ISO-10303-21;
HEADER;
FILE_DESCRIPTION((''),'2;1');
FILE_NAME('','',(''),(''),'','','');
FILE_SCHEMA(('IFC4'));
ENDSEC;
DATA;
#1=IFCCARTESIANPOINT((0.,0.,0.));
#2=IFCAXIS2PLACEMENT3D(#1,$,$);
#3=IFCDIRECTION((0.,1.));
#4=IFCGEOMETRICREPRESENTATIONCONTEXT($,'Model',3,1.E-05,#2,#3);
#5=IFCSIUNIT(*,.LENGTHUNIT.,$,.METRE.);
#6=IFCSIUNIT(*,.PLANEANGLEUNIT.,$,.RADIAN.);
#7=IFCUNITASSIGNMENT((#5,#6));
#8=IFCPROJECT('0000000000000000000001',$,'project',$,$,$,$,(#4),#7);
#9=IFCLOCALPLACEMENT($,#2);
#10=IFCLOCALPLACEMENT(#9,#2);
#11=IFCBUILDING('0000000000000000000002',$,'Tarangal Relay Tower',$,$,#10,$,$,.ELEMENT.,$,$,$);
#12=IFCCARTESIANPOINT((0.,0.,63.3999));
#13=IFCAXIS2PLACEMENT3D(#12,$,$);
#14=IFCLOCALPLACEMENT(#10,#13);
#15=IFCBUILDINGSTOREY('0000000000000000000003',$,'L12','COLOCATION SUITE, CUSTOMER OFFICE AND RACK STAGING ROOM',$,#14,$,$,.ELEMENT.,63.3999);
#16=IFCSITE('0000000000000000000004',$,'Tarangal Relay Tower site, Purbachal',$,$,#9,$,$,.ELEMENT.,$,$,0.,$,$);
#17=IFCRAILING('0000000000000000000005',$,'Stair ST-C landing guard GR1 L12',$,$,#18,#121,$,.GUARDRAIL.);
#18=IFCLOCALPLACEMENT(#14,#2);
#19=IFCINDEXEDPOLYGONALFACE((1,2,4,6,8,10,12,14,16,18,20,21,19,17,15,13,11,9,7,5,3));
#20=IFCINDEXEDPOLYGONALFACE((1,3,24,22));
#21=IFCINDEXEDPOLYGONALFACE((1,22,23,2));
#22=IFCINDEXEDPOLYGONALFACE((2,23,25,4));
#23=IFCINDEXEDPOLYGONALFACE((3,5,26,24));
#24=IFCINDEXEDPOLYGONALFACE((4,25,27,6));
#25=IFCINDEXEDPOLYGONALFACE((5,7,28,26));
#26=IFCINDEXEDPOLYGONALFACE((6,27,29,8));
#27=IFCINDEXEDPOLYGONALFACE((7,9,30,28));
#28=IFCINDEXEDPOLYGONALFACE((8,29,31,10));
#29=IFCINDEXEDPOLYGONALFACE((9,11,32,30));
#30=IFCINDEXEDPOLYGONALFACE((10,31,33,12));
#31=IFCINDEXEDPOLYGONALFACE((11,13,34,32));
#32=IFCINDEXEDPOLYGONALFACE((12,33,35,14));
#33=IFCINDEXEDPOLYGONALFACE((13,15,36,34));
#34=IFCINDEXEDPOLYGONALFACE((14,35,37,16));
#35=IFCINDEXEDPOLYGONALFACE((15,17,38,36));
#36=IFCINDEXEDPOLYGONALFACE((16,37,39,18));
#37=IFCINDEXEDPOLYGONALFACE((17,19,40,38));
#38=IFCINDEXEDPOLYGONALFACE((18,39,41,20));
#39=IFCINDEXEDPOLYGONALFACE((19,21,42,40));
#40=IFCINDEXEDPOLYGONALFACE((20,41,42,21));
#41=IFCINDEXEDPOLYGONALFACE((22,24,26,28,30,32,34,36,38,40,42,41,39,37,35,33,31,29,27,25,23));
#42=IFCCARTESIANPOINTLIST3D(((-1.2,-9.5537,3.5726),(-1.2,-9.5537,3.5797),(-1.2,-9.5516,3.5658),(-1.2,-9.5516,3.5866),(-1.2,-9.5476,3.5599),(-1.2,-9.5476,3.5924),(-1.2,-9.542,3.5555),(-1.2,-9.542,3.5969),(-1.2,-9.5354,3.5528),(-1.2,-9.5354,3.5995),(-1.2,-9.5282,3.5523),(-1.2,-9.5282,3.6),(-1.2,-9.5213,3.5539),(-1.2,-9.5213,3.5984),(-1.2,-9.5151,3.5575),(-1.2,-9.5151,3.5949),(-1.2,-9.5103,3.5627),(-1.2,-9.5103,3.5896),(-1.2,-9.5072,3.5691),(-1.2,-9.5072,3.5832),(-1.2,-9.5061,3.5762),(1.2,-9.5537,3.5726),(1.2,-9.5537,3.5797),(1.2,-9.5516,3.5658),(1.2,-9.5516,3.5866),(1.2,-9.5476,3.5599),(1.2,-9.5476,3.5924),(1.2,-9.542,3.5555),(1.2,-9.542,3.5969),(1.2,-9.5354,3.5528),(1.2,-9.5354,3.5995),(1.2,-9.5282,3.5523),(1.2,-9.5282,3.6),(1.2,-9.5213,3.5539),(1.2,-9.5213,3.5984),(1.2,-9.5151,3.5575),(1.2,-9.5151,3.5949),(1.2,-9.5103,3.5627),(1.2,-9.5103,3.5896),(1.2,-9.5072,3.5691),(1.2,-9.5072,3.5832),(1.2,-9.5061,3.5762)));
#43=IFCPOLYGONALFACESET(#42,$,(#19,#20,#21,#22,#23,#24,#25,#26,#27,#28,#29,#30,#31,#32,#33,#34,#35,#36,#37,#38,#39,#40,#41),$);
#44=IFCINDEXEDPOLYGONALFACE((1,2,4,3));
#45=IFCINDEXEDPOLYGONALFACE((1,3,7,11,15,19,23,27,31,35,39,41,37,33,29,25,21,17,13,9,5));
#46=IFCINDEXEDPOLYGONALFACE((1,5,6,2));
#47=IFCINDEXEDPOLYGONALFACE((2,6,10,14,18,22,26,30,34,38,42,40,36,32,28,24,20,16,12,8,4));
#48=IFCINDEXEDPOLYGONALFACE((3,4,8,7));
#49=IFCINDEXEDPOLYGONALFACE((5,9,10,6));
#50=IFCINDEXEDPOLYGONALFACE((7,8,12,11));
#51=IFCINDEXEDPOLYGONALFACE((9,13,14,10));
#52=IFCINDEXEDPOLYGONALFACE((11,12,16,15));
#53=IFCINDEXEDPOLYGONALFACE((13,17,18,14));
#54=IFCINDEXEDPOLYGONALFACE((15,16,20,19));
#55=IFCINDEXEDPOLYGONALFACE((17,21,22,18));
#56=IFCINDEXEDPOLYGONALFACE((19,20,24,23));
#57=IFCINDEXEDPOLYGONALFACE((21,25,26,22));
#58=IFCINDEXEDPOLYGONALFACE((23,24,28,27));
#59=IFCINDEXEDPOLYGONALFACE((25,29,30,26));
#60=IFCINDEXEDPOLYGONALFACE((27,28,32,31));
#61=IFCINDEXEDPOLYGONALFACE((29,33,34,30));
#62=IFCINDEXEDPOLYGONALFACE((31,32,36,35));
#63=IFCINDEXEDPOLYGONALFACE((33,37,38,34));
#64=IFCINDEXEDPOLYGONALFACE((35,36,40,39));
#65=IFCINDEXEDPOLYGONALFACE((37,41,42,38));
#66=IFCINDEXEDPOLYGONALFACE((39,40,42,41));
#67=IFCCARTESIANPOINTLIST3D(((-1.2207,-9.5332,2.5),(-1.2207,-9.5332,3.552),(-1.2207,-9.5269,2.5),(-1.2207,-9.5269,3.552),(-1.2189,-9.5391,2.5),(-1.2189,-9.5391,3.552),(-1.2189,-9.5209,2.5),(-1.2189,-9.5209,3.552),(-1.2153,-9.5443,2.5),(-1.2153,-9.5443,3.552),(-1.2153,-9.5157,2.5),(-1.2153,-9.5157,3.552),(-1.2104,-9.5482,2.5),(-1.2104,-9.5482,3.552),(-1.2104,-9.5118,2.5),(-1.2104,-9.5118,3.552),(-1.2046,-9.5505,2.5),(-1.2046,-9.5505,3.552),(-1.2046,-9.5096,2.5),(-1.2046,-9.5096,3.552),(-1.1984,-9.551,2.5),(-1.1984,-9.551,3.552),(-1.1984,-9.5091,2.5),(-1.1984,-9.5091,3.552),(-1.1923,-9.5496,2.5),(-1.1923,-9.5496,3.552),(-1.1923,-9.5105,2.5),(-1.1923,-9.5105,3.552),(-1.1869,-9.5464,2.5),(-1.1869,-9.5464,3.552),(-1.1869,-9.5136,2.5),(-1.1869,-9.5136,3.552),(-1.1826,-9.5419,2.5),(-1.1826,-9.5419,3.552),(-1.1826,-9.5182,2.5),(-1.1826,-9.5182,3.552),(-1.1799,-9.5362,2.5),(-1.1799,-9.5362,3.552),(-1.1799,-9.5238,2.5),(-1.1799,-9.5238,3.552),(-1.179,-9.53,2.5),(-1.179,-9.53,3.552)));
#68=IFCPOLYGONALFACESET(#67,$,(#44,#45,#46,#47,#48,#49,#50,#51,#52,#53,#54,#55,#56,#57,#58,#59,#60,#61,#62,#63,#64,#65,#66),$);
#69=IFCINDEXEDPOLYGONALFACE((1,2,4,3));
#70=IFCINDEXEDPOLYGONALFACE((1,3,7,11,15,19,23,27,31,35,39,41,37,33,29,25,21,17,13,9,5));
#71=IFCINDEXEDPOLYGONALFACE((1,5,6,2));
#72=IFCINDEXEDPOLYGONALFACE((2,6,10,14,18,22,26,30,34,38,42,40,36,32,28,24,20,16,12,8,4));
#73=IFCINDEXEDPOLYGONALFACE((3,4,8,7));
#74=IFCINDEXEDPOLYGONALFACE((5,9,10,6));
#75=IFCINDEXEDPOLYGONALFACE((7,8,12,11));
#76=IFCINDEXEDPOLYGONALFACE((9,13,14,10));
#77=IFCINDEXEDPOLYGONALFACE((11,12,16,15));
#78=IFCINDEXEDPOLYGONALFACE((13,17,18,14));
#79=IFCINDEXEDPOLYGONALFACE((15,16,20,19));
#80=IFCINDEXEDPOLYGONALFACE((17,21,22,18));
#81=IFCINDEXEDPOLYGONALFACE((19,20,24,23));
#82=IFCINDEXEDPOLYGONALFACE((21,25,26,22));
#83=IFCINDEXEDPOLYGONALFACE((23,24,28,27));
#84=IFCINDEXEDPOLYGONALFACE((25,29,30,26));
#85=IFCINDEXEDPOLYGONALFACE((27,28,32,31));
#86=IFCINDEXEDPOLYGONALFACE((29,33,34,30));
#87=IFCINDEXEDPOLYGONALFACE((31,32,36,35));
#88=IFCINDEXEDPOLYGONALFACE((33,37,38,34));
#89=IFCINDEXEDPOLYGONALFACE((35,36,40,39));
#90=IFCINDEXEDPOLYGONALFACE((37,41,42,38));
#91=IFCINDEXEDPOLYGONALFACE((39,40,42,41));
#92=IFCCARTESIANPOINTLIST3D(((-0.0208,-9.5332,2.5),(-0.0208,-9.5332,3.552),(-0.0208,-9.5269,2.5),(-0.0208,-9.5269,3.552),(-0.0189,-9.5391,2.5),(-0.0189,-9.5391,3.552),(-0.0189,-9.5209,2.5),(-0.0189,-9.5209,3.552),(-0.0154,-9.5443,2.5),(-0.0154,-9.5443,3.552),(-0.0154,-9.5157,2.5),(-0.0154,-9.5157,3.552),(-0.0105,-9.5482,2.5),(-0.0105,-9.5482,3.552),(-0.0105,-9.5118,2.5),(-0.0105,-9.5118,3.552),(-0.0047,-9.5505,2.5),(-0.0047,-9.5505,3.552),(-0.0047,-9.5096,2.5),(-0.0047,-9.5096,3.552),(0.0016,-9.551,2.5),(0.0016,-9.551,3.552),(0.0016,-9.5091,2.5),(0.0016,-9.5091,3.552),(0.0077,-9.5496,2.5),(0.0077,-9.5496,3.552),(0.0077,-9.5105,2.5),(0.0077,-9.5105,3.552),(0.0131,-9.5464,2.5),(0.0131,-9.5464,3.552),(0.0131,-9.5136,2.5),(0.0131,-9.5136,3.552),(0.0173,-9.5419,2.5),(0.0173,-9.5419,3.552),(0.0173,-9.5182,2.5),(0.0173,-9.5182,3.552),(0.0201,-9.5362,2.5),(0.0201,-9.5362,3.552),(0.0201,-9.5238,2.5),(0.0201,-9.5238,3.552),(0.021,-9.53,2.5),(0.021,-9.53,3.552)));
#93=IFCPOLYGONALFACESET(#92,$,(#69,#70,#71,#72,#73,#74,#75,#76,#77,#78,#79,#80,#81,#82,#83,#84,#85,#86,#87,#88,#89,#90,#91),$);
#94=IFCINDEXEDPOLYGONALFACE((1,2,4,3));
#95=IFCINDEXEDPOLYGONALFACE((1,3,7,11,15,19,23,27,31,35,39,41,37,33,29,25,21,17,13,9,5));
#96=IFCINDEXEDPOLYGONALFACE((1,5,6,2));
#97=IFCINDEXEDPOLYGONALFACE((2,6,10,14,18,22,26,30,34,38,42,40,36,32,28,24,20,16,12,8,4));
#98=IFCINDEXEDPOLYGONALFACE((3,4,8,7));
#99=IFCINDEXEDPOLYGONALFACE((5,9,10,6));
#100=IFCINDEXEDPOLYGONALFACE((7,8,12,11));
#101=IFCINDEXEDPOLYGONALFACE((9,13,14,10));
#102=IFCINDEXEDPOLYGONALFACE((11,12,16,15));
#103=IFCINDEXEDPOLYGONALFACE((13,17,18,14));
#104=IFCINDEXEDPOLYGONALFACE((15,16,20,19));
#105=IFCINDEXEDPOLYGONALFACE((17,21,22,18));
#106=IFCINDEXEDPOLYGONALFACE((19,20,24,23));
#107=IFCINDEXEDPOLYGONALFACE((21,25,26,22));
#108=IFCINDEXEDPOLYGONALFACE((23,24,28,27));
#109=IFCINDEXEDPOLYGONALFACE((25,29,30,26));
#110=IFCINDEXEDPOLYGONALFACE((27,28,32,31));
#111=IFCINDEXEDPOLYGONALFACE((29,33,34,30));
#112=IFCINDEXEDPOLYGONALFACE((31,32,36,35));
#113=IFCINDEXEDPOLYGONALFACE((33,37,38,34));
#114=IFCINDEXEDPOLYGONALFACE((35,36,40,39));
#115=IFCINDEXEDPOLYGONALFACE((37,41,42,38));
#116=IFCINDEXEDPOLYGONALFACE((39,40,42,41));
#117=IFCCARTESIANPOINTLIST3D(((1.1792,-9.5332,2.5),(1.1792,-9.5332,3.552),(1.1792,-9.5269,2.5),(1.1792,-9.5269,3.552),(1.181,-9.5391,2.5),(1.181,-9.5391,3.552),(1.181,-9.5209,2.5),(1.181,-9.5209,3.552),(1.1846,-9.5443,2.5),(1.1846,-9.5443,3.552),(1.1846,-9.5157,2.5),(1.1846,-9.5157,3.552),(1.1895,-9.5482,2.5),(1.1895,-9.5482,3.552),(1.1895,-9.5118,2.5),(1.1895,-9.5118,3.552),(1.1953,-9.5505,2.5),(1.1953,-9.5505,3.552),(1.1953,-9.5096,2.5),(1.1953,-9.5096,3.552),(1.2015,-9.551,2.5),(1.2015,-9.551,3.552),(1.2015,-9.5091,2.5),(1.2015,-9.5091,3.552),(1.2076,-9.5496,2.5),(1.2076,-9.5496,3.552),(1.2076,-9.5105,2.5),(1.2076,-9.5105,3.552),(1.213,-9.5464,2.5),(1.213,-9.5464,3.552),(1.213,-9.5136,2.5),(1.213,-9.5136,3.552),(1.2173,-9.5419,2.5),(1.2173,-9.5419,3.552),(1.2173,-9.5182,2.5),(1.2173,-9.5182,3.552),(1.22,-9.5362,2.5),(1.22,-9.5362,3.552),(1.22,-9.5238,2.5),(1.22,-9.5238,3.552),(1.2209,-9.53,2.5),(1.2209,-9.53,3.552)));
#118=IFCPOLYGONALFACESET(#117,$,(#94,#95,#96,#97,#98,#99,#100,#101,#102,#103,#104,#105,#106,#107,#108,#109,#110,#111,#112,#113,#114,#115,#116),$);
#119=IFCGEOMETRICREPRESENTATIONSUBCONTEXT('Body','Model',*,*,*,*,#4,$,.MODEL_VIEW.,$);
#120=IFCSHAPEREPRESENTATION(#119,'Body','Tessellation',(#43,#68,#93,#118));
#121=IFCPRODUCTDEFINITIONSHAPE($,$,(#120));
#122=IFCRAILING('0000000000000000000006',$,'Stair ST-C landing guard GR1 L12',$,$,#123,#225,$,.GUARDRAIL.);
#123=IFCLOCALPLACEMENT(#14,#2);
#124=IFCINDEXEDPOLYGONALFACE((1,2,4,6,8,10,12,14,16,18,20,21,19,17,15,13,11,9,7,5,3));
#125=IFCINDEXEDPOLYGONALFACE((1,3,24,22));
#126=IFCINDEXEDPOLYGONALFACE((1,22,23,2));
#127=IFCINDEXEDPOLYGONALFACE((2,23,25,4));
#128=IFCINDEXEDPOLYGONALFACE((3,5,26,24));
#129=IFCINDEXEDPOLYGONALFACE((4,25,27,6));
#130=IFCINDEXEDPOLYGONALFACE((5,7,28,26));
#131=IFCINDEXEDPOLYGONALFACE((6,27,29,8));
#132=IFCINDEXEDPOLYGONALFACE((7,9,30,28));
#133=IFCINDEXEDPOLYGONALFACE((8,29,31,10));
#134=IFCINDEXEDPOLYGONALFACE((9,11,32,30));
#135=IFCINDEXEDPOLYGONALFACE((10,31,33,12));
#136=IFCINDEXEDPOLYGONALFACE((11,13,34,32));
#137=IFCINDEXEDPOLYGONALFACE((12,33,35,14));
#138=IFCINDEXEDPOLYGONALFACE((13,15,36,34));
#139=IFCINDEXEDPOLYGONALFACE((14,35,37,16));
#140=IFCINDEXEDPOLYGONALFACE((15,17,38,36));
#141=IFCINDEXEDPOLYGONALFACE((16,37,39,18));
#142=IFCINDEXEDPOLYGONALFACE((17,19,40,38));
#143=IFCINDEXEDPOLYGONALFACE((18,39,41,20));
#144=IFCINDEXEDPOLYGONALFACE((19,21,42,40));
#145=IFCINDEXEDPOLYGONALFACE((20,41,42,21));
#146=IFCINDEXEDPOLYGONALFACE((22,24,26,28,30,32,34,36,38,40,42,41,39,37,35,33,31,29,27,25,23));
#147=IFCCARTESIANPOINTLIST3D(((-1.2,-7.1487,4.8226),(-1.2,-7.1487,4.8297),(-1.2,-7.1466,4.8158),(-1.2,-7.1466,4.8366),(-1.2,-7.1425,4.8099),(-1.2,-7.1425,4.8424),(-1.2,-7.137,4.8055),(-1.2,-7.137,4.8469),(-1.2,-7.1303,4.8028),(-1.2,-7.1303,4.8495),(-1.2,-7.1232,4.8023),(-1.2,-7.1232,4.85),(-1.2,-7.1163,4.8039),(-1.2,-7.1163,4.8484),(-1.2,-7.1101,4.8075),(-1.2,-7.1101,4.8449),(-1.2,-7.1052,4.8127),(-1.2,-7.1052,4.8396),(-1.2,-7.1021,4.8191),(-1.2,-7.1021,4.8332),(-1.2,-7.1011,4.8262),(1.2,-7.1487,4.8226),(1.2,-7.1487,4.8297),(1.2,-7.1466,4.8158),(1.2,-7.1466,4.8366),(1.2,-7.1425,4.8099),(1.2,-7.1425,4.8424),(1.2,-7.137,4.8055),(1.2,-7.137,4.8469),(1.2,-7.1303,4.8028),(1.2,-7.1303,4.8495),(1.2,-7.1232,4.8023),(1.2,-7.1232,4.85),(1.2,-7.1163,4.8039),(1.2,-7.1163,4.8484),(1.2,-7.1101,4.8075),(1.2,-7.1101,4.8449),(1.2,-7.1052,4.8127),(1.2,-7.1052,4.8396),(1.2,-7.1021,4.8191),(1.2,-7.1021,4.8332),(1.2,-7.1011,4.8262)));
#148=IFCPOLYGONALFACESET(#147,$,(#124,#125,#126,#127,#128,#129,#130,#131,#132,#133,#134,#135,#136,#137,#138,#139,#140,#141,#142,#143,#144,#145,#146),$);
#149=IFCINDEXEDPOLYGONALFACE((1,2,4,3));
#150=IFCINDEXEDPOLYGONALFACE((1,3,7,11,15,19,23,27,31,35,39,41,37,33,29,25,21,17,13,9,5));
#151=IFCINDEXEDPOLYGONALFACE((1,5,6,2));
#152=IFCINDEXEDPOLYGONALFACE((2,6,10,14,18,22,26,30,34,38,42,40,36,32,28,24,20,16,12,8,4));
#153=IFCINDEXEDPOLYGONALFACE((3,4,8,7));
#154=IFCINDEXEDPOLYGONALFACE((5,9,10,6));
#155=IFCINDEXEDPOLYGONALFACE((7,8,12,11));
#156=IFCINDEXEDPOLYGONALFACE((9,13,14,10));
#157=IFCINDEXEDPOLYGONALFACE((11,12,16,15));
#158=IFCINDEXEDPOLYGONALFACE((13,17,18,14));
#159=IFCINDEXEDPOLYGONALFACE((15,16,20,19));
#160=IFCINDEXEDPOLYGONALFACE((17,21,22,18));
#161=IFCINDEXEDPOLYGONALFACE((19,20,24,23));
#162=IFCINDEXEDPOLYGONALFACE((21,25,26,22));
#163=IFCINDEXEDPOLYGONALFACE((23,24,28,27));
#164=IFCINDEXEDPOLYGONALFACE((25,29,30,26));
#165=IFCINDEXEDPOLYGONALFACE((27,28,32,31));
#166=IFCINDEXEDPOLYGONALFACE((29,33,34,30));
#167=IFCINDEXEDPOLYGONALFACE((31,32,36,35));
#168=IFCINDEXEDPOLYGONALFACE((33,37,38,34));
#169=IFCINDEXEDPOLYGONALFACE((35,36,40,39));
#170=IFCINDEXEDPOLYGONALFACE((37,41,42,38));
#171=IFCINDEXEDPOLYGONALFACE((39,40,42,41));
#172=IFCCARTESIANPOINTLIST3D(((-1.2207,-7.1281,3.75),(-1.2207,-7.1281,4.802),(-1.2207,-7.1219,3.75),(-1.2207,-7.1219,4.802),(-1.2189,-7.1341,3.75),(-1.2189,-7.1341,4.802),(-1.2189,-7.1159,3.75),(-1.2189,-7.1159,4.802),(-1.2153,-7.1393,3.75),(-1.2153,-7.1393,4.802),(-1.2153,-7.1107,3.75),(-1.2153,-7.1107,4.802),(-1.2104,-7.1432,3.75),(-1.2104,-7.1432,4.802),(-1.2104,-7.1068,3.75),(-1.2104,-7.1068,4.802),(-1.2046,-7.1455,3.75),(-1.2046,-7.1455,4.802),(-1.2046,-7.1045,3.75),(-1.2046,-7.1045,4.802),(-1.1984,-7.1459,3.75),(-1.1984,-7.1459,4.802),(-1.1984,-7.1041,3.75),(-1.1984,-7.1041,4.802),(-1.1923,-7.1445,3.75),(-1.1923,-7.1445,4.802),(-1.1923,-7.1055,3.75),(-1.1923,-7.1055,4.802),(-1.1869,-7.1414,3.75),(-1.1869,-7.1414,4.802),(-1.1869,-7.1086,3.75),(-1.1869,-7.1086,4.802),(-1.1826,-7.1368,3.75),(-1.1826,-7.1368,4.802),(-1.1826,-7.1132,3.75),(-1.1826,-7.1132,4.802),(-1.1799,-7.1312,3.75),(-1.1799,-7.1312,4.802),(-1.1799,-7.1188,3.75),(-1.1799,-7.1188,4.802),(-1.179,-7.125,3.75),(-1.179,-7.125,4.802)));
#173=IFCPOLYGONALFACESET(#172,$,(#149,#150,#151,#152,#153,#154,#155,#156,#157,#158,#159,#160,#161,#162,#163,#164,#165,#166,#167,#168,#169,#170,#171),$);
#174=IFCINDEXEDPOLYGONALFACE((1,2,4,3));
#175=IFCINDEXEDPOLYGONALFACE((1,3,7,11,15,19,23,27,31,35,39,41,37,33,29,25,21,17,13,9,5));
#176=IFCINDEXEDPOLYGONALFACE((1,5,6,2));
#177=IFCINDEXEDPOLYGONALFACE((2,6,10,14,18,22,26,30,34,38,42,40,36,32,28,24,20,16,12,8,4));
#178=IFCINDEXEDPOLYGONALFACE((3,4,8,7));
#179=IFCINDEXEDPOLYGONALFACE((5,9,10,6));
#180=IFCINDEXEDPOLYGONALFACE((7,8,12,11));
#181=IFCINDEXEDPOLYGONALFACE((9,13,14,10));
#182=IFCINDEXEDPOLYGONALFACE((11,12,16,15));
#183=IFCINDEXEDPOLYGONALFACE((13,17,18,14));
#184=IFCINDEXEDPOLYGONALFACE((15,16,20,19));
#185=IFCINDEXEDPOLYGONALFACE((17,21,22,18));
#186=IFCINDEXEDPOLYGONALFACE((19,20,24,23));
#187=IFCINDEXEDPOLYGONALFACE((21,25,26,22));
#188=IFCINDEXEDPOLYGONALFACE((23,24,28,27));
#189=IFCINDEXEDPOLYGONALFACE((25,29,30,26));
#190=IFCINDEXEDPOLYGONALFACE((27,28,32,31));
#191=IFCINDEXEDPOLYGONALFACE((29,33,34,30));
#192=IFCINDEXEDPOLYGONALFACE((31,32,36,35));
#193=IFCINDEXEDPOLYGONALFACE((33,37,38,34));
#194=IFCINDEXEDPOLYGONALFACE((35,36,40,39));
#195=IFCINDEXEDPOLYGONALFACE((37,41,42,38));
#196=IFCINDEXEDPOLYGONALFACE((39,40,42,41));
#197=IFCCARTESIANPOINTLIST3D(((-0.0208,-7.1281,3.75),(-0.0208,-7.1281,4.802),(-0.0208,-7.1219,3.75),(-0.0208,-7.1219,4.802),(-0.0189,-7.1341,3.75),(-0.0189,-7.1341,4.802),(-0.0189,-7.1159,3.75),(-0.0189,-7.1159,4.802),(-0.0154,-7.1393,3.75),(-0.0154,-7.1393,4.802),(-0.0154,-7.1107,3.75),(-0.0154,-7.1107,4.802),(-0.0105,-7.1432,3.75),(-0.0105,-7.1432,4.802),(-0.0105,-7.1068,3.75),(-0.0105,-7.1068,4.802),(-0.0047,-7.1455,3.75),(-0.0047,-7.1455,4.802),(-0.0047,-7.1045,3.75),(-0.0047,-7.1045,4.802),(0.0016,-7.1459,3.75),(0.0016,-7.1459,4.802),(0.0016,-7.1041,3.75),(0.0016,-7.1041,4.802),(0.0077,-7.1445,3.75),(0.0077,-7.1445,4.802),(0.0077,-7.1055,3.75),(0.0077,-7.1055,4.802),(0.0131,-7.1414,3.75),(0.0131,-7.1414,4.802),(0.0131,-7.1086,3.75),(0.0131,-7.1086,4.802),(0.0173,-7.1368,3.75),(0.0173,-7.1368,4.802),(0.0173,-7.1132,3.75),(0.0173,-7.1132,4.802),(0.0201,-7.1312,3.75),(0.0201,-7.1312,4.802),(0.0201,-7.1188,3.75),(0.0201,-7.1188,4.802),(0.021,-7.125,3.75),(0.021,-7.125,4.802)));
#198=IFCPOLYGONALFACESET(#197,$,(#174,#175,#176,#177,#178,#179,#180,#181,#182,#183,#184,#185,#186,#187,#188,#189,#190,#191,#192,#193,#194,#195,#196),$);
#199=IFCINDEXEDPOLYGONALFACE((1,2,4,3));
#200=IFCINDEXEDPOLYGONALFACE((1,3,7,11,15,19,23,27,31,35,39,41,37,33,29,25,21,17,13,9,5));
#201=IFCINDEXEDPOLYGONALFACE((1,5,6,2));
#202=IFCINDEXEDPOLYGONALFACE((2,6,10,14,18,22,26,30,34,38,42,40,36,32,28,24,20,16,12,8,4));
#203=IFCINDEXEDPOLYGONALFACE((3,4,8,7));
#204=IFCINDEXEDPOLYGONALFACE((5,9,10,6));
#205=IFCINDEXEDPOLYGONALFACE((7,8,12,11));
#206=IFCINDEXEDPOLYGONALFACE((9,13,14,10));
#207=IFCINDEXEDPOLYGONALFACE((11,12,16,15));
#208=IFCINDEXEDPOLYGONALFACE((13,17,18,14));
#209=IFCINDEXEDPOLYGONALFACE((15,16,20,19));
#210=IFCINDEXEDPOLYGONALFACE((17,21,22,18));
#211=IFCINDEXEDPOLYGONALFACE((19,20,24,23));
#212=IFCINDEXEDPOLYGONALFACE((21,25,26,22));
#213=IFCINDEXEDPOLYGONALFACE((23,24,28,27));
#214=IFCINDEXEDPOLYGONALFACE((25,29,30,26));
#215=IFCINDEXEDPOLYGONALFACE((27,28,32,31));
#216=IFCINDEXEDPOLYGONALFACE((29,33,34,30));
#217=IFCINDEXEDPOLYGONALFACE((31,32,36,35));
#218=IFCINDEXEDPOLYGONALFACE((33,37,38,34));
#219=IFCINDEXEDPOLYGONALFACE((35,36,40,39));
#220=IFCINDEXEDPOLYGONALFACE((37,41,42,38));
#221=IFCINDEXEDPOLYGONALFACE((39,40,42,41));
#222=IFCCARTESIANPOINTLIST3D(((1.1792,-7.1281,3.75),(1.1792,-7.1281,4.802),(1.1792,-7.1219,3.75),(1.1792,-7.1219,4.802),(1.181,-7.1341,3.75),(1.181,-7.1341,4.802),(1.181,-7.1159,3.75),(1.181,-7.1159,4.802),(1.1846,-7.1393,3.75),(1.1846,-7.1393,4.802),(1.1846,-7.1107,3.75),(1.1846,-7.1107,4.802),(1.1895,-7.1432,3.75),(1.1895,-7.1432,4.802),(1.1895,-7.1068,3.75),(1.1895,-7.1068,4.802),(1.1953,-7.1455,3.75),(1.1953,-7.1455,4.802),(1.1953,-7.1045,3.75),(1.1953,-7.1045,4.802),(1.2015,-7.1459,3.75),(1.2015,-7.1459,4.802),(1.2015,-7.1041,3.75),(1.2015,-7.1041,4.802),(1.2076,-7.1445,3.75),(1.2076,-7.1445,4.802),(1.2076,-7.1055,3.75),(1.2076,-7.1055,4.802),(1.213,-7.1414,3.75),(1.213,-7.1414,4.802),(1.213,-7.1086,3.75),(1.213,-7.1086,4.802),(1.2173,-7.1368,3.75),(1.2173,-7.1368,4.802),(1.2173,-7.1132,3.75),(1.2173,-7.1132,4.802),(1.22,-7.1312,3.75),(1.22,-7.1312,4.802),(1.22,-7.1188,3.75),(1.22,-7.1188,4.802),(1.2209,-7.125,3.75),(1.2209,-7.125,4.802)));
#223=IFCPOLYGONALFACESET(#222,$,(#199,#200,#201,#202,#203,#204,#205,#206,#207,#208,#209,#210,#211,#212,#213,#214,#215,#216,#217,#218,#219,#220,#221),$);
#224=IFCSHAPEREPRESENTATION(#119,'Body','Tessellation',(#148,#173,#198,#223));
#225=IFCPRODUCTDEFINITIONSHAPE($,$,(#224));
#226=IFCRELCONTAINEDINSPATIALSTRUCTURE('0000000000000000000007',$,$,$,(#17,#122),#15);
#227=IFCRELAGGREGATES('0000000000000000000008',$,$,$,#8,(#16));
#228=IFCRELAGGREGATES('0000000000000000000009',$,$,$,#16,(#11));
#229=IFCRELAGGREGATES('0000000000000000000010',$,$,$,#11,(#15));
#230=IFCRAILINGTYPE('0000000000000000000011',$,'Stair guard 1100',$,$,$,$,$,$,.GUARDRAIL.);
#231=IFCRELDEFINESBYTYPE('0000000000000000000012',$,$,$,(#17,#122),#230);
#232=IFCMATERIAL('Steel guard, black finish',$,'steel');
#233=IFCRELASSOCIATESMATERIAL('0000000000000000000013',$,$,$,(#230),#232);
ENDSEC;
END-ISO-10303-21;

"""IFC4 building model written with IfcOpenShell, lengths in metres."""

from ifc_helpers import new_model, si_unit, direction, frame, origin, origin_2d, place, context, subcontext, project, spatial, circle, extrude, material, type_object, element, save


model = new_model("IFC4")

# Units and contexts
model_context = context("Model", 3, precision=1e-05, world=origin(), true_north=direction((0.0, 1.0)))
body_context = subcontext(model_context, "Body", "Model", "MODEL_VIEW")
ifc_project = project(units=[si_unit("LENGTHUNIT", "METRE"), si_unit("PLANEANGLEUNIT", "RADIAN")], contexts=[model_context])

# Site, building, storey
site_placement = place(None, origin())
site = spatial("IfcSite", under=ifc_project, at=site_placement, Name="Tarangal Relay Tower site, Purbachal", CompositionType="ELEMENT", RefElevation=0.0)
building_placement = place(site_placement, origin())
building = spatial("IfcBuilding", under=site, at=building_placement, Name="Tarangal Relay Tower", CompositionType="ELEMENT")
storey_placement = place(building_placement, frame((0.0, 0.0, 63.3999)))
storey = spatial("IfcBuildingStorey", under=building, at=storey_placement, Name="L12", Description="COLOCATION SUITE, CUSTOMER OFFICE AND RACK STAGING ROOM", CompositionType="ELEMENT", Elevation=63.3999)

# Railings
ifc_material_1 = material(Name="Steel guard, black finish", Category="steel")
railing_type_1 = type_object("IfcRailingType", Name="Stair guard 1100", PredefinedType="GUARDRAIL", material=ifc_material_1)
for number, where, name in (
    (1, (-1.2, -9.53, 2.5), "Stair ST-C landing guard GR1 L12"),
    (2, (-1.2, -7.125, 3.75), "Stair ST-C landing guard GR1 L12"),
):
    element("IfcRailing", number, at=place(storey_placement, frame(where)), inside=storey, type_object=railing_type_1, Name=name, PredefinedType="GUARDRAIL", context=body_context, shape_type="SweptSolid", body=[
        extrude(circle(Radius=0.0239, at=origin_2d()), frame((0.0, 0.0, 1.0762), z_axis=(1.0, 0.0, 0.0), x_axis=(0.0, 1.0, 0.0)), (0.0, 0.0, 1.0), 2.3999),
        extrude(circle(Radius=0.021, at=origin_2d()), origin(), (0.0, 0.0, 1.0), 1.052),
        extrude(circle(Radius=0.021, at=origin_2d()), frame((1.2, 0.0, 0.0)), (0.0, 0.0, 1.0), 1.052),
        extrude(circle(Radius=0.021, at=origin_2d()), frame((2.3999, 0.0, 0.0)), (0.0, 0.0, 1.0), 1.052),
    ])

save(model, "model.ifc")
